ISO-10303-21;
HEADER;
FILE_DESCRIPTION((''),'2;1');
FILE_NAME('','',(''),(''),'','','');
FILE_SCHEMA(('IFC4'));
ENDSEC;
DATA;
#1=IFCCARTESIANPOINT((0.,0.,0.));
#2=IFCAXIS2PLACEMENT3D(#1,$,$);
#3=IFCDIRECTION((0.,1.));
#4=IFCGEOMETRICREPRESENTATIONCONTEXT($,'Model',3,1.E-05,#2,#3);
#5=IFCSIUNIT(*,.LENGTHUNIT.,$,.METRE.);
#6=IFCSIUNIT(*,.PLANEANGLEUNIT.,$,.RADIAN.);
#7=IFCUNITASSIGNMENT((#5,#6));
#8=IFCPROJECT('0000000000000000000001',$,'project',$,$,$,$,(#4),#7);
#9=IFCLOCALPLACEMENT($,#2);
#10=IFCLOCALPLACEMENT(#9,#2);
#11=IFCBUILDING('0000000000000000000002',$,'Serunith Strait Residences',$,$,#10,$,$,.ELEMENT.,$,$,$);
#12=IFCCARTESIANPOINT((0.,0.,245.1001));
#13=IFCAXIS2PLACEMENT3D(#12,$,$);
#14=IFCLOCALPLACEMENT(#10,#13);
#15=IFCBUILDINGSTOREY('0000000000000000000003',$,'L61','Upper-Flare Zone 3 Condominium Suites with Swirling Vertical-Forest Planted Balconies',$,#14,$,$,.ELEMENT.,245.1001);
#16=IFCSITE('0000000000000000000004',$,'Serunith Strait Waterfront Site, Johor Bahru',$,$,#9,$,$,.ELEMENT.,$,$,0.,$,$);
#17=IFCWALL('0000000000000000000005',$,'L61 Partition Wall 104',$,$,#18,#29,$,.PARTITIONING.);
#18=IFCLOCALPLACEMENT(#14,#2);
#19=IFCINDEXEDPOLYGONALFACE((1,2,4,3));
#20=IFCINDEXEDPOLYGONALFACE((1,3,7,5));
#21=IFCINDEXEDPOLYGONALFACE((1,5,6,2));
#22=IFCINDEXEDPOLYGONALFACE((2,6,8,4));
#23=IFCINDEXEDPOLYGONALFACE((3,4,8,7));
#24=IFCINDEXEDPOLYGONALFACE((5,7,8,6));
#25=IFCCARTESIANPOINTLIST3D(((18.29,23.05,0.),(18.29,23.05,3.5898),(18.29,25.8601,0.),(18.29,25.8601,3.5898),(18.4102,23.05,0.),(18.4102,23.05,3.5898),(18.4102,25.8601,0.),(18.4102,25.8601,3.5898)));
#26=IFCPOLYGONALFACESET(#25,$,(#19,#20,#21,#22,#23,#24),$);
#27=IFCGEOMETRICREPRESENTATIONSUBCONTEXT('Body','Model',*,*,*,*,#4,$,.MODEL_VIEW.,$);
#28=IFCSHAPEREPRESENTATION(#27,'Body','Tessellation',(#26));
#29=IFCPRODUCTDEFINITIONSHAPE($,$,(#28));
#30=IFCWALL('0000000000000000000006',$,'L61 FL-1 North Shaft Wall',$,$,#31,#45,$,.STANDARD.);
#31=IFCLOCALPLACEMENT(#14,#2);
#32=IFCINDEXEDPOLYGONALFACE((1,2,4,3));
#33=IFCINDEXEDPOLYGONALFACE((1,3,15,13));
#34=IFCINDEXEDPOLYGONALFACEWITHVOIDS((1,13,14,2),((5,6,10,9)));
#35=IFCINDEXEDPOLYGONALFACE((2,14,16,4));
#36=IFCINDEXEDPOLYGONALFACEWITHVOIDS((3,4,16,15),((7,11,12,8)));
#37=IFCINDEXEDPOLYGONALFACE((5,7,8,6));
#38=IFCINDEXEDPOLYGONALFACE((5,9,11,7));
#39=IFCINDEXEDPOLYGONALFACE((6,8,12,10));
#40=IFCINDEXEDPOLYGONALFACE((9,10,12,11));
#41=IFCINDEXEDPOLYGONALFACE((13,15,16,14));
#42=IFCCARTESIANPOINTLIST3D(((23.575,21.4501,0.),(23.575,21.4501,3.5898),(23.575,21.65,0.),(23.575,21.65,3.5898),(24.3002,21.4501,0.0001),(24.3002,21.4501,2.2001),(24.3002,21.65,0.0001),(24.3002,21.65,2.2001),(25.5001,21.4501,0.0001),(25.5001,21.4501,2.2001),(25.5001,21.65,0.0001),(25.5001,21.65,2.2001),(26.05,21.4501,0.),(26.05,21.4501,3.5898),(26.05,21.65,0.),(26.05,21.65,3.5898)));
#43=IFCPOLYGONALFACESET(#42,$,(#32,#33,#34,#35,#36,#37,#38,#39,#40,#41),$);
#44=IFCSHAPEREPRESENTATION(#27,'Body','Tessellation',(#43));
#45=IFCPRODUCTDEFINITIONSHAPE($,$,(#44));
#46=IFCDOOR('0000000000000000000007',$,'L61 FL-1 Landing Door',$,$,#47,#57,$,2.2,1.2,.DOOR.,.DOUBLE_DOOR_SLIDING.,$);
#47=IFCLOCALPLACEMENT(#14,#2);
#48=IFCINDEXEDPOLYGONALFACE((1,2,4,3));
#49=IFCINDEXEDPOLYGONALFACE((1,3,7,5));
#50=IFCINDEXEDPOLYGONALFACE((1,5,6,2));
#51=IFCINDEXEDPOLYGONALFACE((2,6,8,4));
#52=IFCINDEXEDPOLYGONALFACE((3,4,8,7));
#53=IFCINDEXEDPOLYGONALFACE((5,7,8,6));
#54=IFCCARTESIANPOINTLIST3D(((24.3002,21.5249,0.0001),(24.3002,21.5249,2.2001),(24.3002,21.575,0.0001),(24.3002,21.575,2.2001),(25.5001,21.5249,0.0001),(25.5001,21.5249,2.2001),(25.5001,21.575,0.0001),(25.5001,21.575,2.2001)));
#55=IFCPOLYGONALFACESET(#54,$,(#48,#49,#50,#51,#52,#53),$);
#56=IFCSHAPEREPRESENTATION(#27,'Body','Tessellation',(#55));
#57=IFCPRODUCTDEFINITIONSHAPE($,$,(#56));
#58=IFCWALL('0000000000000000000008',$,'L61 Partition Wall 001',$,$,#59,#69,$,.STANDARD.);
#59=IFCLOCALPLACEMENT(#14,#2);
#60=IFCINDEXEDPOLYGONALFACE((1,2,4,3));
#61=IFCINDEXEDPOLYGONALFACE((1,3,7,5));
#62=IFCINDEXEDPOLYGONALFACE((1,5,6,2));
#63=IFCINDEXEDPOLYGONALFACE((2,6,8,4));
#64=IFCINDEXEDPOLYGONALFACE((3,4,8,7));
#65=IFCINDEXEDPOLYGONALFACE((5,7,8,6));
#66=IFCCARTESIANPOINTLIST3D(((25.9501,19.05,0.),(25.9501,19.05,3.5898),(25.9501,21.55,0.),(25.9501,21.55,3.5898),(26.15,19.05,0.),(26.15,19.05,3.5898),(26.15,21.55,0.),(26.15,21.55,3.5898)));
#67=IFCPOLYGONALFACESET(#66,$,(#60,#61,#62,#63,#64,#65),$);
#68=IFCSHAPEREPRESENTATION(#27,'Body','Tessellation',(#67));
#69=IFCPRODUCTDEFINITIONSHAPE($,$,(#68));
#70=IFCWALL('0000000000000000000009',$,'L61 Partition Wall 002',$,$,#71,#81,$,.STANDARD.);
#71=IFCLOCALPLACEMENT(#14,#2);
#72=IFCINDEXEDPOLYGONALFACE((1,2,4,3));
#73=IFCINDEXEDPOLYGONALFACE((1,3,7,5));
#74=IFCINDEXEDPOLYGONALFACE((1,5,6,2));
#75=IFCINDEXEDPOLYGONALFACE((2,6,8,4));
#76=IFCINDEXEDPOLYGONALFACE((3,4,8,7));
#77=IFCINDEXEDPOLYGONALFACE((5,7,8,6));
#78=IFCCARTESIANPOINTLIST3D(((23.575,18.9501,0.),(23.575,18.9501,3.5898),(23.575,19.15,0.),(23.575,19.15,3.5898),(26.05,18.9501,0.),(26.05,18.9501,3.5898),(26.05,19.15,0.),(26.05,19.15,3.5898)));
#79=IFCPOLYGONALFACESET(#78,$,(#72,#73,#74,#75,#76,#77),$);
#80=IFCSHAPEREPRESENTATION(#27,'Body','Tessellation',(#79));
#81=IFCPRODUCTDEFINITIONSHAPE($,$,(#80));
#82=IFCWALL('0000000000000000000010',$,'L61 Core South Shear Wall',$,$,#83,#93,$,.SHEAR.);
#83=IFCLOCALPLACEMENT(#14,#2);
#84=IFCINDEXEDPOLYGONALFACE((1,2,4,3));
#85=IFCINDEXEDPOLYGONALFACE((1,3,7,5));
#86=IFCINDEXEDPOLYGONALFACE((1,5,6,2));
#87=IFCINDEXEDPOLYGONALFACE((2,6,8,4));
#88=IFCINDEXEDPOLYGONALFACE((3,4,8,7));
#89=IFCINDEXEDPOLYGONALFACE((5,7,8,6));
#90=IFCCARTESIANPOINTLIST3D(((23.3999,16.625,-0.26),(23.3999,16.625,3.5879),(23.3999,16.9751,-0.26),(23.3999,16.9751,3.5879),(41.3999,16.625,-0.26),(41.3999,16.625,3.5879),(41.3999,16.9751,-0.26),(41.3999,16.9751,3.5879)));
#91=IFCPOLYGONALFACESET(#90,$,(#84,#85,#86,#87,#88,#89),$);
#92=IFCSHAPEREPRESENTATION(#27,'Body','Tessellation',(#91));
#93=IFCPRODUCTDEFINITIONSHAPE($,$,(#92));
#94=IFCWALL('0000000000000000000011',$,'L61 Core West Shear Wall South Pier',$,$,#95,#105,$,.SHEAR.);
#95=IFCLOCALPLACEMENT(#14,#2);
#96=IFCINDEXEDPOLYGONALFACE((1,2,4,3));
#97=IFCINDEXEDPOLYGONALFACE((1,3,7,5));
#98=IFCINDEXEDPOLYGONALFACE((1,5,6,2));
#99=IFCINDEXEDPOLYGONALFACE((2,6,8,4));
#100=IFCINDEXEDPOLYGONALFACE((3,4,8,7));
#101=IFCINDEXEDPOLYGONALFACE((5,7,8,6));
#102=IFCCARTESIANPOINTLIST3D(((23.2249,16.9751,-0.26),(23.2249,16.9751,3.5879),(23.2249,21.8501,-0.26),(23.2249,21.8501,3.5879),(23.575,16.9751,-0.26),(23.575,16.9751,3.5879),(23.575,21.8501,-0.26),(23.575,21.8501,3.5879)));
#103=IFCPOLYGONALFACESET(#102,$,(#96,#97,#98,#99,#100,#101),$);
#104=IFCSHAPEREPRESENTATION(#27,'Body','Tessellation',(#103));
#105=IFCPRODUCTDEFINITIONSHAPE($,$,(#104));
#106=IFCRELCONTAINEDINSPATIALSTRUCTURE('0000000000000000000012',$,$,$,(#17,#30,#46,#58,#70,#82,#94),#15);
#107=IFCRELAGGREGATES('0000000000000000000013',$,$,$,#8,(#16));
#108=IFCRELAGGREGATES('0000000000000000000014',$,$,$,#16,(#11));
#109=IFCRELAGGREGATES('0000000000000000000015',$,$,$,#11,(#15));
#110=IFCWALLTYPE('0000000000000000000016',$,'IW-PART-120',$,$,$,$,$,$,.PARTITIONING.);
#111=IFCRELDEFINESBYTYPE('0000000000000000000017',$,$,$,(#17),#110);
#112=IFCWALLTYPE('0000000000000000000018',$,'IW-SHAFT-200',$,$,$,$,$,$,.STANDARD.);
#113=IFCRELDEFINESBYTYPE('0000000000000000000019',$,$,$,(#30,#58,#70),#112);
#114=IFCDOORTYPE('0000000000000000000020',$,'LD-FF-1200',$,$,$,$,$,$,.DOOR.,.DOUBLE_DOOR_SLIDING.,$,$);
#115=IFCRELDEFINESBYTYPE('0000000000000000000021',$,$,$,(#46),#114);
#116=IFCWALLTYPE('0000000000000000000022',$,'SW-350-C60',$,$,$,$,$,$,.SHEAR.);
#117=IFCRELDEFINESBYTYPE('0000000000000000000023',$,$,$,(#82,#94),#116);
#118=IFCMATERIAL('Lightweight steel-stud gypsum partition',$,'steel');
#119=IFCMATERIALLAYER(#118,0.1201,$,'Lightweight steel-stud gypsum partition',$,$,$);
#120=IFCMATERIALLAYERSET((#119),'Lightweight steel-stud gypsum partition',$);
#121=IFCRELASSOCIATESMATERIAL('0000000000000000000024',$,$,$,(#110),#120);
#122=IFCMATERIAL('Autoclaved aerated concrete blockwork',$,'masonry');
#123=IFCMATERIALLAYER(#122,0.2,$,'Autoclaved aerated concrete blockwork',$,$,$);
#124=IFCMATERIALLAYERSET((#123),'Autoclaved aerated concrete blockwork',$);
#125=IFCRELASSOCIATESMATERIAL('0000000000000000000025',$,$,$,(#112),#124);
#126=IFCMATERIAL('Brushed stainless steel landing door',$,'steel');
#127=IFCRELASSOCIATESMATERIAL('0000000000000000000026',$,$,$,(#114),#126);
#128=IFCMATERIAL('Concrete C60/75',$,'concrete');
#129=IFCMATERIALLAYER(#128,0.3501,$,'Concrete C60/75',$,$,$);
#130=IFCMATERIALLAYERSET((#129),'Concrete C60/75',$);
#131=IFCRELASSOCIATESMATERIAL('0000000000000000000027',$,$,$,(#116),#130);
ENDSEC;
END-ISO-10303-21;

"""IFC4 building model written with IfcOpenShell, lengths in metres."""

from ifc_helpers import new_model, si_unit, direction, frame, frame_2d, origin, place, context, subcontext, project, spatial, rectangle, extrude, source, transform, mapped, material, layer, layer_set, type_object, element, fill, save


model = new_model("IFC4")

# Units and contexts
model_context = context("Model", 3, precision=1e-05, world=origin(), true_north=direction((0.0, 1.0)))
body_context = subcontext(model_context, "Body", "Model", "MODEL_VIEW")
ifc_project = project(units=[si_unit("LENGTHUNIT", "METRE"), si_unit("PLANEANGLEUNIT", "RADIAN")], contexts=[model_context])

# Site, building, storey
site_placement = place(None, origin())
site = spatial("IfcSite", under=ifc_project, at=site_placement, Name="Serunith Strait Waterfront Site, Johor Bahru", CompositionType="ELEMENT", RefElevation=0.0)
building_placement = place(site_placement, origin())
building = spatial("IfcBuilding", under=site, at=building_placement, Name="Serunith Strait Residences", CompositionType="ELEMENT")
storey_placement = place(building_placement, frame((0.0, 0.0, 245.1001)))
storey = spatial("IfcBuildingStorey", under=building, at=storey_placement, Name="L61", Description="Upper-Flare Zone 3 Condominium Suites with Swirling Vertical-Forest Planted Balconies", CompositionType="ELEMENT", Elevation=245.1001)

# Shared definitions
ifc_material_1 = material(Name="Lightweight steel-stud gypsum partition", Category="steel")
ifc_layer_1 = layer(ifc_material_1, 0.1201, Name="Lightweight steel-stud gypsum partition")
ifc_layer_set_1 = layer_set([ifc_layer_1], Name="Lightweight steel-stud gypsum partition")
wall_type_1 = type_object("IfcWallType", Name="IW-PART-120", PredefinedType="PARTITIONING", material=ifc_layer_set_1)

# Wall
wall_1_placement = place(storey_placement, frame((18.3501, 23.05, 0.0), z_axis=(0.0, 0.0, 1.0), x_axis=(0.0, 1.0, 0.0)))
element("IfcWall", 1, at=wall_1_placement, inside=storey, type_object=wall_type_1, Name="L61 Partition Wall 104", PredefinedType="PARTITIONING", context=body_context, shape_type="SweptSolid", body=[
    extrude(rectangle(XDim=2.8101, YDim=0.1201, at=frame_2d((1.405, 0.0))), origin(), (0.0, 0.0, 1.0), 3.5898),
])

# Wall, opening, door
ifc_material_2 = material(Name="Autoclaved aerated concrete blockwork", Category="masonry")
ifc_layer_2 = layer(ifc_material_2, 0.2, Name="Autoclaved aerated concrete blockwork")
ifc_layer_set_2 = layer_set([ifc_layer_2], Name="Autoclaved aerated concrete blockwork")
wall_type_2 = type_object("IfcWallType", Name="IW-SHAFT-200", PredefinedType="STANDARD", material=ifc_layer_set_2)
wall_2_placement = place(storey_placement, frame((23.575, 21.55, 0.0), z_axis=(0.0, 0.0, 1.0), x_axis=(1.0, 0.0, 0.0)))
wall_2 = element("IfcWall", 2, at=wall_2_placement, inside=storey, type_object=wall_type_2, Name="L61 FL-1 North Shaft Wall", PredefinedType="STANDARD", context=body_context, shape_type="SweptSolid", body=[
    extrude(rectangle(XDim=2.4751, YDim=0.2, at=frame_2d((1.2375, 0.0))), origin(), (0.0, 0.0, 1.0), 3.5898),
])
opening_1_placement = place(wall_2_placement, frame((0.7251, 0.0, 0.0)))
opening_1 = element("IfcOpeningElement", 3, at=opening_1_placement, cuts=wall_2, PredefinedType="OPENING", context=body_context, shape_type="SweptSolid", body=[
    extrude(rectangle(XDim=1.2, YDim=2.2, at=frame_2d((0.6001, 1.1001))), frame((0.0, 0.1099, 0.0), z_axis=(0.0, -1.0, 0.0), x_axis=(1.0, 0.0, 0.0)), (0.0, 0.0, 1.0), 0.22),
])
ifc_material_3 = material(Name="Brushed stainless steel landing door", Category="steel")
door_type_1 = type_object("IfcDoorType", Name="LD-FF-1200", OperationType="DOUBLE_DOOR_SLIDING", PredefinedType="DOOR", material=ifc_material_3)
shared_shape_1 = source(origin(), body_context, "Body", "SweptSolid", [
    extrude(rectangle(XDim=1.2, YDim=2.2, at=frame_2d((0.6001, 1.1001))), frame((0.0, 0.0249, 0.0), z_axis=(0.0, -1.0, 0.0), x_axis=(1.0, 0.0, 0.0)), (0.0, 0.0, 1.0), 0.05),
])
door_1_placement = place(opening_1_placement, origin())
door_1 = element("IfcDoor", 4, at=door_1_placement, inside=storey, type_object=door_type_1, Name="L61 FL-1 Landing Door", OperationType="DOUBLE_DOOR_SLIDING", OverallHeight=2.2, OverallWidth=1.2, PredefinedType="DOOR", context=body_context, shape_type="MappedRepresentation", body=[
    mapped(shared_shape_1, transform((0.0, 0.0, 0.0), scale=1.0)),
])
fill(opening_1, door_1)

# Walls
wall_3_placement = place(storey_placement, frame((26.05, 19.05, 0.0), z_axis=(0.0, 0.0, 1.0), x_axis=(0.0, 1.0, 0.0)))
element("IfcWall", 5, at=wall_3_placement, inside=storey, type_object=wall_type_2, Name="L61 Partition Wall 001", PredefinedType="STANDARD", context=body_context, shape_type="SweptSolid", body=[
    extrude(rectangle(XDim=2.5, YDim=0.2, at=frame_2d((1.25, 0.0))), origin(), (0.0, 0.0, 1.0), 3.5898),
])
wall_4_placement = place(storey_placement, frame((23.575, 19.05, 0.0), z_axis=(0.0, 0.0, 1.0), x_axis=(1.0, 0.0, 0.0)))
element("IfcWall", 6, at=wall_4_placement, inside=storey, type_object=wall_type_2, Name="L61 Partition Wall 002", PredefinedType="STANDARD", context=body_context, shape_type="SweptSolid", body=[
    extrude(rectangle(XDim=2.4751, YDim=0.2, at=frame_2d((1.2375, 0.0))), origin(), (0.0, 0.0, 1.0), 3.5898),
])

# Walls
ifc_material_4 = material(Name="Concrete C60/75", Category="concrete")
ifc_layer_3 = layer(ifc_material_4, 0.3501, Name="Concrete C60/75")
ifc_layer_set_3 = layer_set([ifc_layer_3], Name="Concrete C60/75")
wall_type_3 = type_object("IfcWallType", Name="SW-350-C60", PredefinedType="SHEAR", material=ifc_layer_set_3)
wall_5_placement = place(storey_placement, frame((23.3999, 16.8, -0.26), z_axis=(0.0, 0.0, 1.0), x_axis=(1.0, 0.0, 0.0)))
element("IfcWall", 7, at=wall_5_placement, inside=storey, type_object=wall_type_3, Name="L61 Core South Shear Wall", PredefinedType="SHEAR", context=body_context, shape_type="SweptSolid", body=[
    extrude(rectangle(XDim=18.0, YDim=0.3501, at=frame_2d((9.0, 0.0))), origin(), (0.0, 0.0, 1.0), 3.8479),
])
wall_6_placement = place(storey_placement, frame((23.3999, 16.9751, -0.26), z_axis=(0.0, 0.0, 1.0), x_axis=(0.0, 1.0, 0.0)))
element("IfcWall", 8, at=wall_6_placement, inside=storey, type_object=wall_type_3, Name="L61 Core West Shear Wall South Pier", PredefinedType="SHEAR", context=body_context, shape_type="SweptSolid", body=[
    extrude(rectangle(XDim=4.875, YDim=0.3501, at=frame_2d((2.4375, 0.0))), origin(), (0.0, 0.0, 1.0), 3.8479),
])

save(model, "model.ifc")
